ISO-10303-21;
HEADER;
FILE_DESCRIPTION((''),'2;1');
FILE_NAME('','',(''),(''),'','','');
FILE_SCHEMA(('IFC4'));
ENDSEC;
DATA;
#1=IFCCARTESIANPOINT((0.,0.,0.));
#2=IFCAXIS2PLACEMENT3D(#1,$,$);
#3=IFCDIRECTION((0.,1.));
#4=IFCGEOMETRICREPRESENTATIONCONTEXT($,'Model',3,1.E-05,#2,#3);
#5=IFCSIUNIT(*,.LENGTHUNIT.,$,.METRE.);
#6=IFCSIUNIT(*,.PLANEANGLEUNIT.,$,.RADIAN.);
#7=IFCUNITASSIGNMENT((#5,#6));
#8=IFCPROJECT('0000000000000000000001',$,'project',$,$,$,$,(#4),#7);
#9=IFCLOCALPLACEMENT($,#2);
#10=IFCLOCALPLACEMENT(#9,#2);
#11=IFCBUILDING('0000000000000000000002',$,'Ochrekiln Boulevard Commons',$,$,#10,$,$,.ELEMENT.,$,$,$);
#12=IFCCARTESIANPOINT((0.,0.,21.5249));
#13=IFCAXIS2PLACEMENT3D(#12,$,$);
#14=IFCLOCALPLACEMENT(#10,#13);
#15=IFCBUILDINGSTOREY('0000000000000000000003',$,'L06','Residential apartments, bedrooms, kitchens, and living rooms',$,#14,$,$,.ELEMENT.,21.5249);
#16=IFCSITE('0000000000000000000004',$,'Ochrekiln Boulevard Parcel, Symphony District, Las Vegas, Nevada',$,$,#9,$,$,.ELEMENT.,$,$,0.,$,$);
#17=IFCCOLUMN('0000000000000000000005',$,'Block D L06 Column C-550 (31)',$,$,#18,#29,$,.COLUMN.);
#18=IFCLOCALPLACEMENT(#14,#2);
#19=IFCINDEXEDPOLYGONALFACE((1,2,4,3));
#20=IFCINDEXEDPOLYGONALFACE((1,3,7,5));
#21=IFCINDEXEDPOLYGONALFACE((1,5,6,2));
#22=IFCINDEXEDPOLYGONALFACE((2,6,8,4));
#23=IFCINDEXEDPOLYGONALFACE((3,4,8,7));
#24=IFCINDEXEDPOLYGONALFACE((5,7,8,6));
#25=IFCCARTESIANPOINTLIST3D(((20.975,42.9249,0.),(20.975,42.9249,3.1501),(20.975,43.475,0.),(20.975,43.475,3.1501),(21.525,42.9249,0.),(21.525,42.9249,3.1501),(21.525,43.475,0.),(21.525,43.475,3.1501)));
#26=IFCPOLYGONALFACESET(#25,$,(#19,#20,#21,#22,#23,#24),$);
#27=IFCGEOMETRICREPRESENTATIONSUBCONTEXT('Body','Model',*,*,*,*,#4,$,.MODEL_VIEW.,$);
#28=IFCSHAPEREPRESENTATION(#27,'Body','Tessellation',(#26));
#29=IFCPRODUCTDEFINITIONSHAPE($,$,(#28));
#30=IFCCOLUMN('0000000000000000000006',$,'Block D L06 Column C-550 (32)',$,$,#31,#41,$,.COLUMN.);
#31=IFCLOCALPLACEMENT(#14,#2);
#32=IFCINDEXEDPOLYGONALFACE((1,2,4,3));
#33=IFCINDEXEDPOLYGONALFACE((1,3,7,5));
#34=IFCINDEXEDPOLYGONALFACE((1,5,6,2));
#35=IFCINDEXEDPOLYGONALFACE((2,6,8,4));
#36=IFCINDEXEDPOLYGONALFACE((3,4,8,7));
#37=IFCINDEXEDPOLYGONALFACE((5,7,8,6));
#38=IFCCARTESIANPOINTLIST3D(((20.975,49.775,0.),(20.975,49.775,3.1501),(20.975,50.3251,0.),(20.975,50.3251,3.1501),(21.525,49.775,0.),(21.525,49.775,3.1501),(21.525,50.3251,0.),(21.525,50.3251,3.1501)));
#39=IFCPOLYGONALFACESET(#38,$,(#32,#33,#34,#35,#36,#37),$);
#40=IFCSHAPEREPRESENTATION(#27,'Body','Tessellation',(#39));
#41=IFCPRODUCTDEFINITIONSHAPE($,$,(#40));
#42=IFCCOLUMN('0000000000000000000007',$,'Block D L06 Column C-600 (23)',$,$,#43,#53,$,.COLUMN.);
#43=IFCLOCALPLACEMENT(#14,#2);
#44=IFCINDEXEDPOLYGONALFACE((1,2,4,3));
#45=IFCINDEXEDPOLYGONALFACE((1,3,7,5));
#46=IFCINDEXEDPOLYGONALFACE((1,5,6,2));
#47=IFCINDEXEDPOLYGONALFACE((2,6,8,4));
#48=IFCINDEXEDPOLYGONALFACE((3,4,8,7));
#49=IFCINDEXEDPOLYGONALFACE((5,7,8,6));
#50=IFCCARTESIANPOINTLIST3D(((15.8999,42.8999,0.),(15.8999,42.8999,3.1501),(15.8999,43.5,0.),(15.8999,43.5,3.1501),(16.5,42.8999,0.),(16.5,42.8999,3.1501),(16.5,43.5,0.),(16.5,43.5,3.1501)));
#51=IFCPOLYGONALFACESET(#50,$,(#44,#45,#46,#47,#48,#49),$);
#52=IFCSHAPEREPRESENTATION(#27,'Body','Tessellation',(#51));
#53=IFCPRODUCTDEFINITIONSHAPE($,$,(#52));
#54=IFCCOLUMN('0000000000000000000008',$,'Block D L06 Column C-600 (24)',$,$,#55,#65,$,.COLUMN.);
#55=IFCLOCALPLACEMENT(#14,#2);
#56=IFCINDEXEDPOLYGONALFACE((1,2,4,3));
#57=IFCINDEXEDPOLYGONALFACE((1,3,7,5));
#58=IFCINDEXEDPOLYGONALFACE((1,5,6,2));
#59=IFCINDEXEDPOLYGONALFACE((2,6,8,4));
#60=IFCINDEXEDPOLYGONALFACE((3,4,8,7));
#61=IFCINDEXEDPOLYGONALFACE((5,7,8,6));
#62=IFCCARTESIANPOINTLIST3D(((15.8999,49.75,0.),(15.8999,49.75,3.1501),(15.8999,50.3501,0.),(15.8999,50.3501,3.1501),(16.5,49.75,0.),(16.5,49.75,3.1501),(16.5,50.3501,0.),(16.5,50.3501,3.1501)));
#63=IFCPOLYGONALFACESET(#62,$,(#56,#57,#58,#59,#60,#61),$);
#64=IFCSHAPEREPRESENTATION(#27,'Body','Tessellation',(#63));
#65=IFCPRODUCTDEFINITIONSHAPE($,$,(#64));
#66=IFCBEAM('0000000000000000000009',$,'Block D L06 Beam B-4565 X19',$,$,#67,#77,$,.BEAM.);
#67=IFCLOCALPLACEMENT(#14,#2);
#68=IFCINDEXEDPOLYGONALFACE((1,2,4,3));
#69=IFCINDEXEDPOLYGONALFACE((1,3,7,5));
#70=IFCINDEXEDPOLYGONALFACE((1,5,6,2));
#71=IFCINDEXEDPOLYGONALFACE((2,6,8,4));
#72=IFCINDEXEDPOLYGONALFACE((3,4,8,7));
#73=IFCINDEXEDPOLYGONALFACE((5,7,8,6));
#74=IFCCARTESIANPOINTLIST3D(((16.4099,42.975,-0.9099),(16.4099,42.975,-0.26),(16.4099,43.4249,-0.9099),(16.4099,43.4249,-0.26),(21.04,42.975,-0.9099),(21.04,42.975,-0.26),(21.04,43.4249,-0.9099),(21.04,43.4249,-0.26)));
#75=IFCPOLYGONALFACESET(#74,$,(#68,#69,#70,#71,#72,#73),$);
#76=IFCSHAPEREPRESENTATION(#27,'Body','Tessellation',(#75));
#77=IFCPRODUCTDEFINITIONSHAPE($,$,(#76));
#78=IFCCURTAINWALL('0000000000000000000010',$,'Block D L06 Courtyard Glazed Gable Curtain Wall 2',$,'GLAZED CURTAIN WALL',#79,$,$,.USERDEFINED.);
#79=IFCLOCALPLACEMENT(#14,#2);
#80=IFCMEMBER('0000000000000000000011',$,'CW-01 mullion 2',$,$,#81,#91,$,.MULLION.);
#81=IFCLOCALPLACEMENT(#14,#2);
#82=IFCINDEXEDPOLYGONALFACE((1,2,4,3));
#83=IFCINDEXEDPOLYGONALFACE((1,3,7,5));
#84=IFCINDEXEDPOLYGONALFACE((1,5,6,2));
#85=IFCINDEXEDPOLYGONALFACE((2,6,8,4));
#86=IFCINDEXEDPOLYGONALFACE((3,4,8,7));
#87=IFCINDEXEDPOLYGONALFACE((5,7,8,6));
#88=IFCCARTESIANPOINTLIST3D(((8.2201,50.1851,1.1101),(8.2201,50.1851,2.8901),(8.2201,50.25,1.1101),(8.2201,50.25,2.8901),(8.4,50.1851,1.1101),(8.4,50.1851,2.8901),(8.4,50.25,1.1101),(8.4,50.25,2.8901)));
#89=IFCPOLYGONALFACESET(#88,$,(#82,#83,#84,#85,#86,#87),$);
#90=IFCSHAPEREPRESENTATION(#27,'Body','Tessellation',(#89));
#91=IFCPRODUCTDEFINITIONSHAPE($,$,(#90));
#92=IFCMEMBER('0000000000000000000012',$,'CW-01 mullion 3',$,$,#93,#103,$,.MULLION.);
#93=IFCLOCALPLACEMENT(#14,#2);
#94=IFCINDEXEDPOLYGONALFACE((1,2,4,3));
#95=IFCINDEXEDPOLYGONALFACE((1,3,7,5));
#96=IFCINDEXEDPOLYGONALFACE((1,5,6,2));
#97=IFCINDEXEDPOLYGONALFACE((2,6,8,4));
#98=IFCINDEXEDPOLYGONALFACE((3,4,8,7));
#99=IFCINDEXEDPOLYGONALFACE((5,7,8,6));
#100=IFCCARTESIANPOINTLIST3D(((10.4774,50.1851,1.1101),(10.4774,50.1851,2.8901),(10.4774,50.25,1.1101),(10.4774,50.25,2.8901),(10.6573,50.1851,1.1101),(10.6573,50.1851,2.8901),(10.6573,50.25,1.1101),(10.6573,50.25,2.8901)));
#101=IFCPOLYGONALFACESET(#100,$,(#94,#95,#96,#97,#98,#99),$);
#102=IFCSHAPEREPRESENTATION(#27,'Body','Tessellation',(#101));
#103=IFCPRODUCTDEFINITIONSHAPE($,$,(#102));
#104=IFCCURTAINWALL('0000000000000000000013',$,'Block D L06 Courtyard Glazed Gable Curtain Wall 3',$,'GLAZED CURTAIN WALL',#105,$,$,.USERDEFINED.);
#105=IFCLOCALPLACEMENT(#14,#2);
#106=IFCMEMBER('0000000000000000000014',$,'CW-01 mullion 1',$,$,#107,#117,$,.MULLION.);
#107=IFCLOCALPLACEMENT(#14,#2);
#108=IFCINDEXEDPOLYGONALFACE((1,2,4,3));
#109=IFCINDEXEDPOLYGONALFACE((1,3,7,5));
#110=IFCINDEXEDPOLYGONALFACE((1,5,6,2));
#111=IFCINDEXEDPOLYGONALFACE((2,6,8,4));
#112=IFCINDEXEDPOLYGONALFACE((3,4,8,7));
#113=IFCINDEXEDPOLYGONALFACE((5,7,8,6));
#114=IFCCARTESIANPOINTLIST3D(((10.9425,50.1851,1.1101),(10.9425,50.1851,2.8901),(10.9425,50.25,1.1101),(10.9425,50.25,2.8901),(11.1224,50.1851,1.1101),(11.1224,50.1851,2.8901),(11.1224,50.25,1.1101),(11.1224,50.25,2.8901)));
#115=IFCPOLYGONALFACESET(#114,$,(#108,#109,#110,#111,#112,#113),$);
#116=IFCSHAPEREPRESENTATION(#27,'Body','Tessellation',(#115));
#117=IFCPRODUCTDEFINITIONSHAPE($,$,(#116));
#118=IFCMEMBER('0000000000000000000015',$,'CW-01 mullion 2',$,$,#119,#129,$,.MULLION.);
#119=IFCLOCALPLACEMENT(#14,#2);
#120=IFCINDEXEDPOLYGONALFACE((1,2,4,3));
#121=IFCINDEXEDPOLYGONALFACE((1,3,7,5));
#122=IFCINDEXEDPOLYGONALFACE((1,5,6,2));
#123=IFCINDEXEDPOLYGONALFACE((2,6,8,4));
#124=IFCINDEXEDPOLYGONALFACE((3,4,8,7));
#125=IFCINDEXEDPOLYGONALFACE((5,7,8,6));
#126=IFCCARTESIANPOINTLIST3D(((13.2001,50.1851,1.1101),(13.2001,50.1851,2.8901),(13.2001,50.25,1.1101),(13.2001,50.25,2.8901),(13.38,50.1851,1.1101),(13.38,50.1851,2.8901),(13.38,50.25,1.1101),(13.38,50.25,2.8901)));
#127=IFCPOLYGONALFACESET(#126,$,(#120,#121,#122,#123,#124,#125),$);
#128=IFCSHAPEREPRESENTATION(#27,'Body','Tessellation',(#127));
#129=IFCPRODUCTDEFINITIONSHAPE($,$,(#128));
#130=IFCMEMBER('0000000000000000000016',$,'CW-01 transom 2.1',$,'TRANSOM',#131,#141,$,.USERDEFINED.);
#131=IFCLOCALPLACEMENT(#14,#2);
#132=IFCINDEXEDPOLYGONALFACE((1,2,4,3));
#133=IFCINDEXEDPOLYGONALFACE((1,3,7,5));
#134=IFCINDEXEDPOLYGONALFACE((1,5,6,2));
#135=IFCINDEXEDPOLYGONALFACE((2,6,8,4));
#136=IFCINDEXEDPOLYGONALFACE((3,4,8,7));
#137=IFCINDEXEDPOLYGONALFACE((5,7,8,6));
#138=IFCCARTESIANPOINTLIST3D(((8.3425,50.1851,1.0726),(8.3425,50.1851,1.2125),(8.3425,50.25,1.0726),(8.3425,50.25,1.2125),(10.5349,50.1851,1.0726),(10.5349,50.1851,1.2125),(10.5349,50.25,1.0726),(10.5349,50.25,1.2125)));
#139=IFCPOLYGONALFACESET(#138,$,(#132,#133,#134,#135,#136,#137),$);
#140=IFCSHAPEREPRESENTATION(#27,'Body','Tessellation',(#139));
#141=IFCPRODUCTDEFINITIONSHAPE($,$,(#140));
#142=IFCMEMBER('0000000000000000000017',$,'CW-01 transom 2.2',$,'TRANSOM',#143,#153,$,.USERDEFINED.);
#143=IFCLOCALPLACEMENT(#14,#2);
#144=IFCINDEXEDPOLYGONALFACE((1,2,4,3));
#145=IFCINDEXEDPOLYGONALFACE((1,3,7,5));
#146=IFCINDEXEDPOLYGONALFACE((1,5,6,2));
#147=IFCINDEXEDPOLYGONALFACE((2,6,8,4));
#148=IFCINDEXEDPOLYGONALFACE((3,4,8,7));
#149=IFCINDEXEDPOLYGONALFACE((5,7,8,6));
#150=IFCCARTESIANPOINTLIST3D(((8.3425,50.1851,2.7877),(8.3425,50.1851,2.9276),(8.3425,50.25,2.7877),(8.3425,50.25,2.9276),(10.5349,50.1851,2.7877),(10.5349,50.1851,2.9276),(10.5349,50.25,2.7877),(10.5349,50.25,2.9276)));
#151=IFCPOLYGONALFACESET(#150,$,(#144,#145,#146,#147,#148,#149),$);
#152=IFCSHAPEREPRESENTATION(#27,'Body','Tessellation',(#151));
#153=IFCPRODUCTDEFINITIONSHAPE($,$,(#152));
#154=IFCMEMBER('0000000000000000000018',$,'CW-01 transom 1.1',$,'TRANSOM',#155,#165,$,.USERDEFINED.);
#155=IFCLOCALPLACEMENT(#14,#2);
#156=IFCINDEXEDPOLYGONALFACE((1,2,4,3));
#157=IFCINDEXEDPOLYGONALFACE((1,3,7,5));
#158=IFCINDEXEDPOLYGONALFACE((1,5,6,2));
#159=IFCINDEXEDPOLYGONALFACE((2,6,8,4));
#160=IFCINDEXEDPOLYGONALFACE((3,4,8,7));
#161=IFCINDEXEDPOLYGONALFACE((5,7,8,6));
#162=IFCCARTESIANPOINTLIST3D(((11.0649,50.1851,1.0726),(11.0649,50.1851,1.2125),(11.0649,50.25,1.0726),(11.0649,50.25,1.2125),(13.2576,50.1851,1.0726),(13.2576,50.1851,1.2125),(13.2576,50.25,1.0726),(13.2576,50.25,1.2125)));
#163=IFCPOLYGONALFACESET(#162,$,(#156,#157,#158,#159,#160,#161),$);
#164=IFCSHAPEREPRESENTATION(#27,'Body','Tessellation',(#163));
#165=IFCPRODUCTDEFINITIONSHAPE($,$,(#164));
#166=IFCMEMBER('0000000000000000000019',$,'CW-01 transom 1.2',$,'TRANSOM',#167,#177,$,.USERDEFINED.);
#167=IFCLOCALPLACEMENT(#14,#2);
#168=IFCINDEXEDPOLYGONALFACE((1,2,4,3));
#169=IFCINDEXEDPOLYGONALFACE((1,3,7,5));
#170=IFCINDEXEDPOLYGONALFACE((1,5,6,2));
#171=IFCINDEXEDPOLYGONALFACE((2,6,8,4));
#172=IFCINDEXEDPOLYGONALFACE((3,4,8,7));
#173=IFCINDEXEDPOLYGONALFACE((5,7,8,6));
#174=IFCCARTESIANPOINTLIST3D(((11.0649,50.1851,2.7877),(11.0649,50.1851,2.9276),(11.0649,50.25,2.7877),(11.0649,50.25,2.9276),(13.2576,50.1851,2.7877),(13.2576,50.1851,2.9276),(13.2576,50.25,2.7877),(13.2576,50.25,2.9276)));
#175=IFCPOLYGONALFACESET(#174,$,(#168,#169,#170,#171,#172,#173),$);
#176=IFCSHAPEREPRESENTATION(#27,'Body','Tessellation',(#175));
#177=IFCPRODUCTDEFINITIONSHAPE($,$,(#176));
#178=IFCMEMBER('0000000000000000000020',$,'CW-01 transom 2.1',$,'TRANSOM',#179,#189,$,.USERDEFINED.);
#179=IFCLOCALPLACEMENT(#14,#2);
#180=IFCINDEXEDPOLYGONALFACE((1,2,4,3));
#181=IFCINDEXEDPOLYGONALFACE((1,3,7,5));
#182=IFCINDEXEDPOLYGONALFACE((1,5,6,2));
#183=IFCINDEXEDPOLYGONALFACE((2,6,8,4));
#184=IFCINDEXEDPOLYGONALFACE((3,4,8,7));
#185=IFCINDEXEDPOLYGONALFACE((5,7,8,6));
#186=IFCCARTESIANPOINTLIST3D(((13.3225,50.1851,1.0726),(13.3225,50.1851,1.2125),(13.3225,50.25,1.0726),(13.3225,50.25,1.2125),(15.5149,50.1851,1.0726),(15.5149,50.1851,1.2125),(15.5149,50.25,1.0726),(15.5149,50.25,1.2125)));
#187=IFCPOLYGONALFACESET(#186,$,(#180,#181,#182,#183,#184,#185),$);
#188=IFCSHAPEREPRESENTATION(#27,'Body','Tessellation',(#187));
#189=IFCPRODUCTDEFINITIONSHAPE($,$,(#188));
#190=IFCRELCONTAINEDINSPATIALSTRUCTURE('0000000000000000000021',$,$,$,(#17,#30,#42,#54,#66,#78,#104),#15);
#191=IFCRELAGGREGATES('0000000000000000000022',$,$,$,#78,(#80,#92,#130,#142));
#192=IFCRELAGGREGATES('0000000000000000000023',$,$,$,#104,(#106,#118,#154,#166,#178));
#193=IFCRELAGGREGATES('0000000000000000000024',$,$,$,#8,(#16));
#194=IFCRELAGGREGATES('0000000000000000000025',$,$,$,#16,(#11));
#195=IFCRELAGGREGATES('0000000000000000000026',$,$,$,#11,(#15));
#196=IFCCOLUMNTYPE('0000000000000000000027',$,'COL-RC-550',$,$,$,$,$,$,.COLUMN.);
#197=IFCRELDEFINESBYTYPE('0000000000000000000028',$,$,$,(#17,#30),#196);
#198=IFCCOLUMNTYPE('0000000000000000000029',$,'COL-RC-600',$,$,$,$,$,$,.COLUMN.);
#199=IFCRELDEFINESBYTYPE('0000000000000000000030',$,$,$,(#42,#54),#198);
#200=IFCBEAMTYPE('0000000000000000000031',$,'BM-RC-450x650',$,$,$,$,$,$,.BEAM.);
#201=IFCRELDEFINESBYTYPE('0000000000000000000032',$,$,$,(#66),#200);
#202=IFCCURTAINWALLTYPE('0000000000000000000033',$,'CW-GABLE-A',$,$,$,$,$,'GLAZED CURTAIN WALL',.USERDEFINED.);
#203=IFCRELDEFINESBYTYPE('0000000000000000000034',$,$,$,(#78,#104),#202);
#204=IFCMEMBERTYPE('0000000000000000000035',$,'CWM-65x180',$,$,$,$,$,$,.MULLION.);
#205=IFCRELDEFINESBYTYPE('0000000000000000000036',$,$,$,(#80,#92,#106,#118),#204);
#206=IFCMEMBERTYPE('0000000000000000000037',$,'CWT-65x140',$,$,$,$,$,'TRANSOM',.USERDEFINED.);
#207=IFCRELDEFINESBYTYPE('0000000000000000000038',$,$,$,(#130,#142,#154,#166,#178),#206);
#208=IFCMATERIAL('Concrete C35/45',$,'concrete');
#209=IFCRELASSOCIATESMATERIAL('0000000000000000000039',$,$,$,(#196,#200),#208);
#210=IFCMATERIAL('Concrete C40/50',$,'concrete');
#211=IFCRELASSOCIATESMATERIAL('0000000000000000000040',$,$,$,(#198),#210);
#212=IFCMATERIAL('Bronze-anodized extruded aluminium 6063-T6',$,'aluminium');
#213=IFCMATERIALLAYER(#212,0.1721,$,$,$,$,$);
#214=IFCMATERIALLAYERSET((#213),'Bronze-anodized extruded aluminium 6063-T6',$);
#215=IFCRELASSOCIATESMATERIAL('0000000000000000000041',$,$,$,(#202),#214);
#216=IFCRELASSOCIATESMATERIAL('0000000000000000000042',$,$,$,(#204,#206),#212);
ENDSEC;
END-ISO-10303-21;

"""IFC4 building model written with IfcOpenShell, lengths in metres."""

from ifc_helpers import new_model, si_unit, direction, frame, origin, origin_2d, place, context, subcontext, project, spatial, rectangle, extrude, material, layer, layer_set, material_profile, profile_set, type_object, element, aggregate, save


model = new_model("IFC4")

# Units and contexts
model_context = context("Model", 3, precision=1e-05, world=origin(), true_north=direction((0.0, 1.0)))
body_context = subcontext(model_context, "Body", "Model", "MODEL_VIEW")
ifc_project = project(units=[si_unit("LENGTHUNIT", "METRE"), si_unit("PLANEANGLEUNIT", "RADIAN")], contexts=[model_context])

# Site, building, storey
site_placement = place(None, origin())
site = spatial("IfcSite", under=ifc_project, at=site_placement, Name="Ochrekiln Boulevard Parcel, Symphony District, Las Vegas, Nevada", CompositionType="ELEMENT", RefElevation=0.0)
building_placement = place(site_placement, origin())
building = spatial("IfcBuilding", under=site, at=building_placement, Name="Ochrekiln Boulevard Commons", CompositionType="ELEMENT")
storey_placement = place(building_placement, frame((0.0, 0.0, 21.5249)))
storey = spatial("IfcBuildingStorey", under=building, at=storey_placement, Name="L06", Description="Residential apartments, bedrooms, kitchens, and living rooms", CompositionType="ELEMENT", Elevation=21.5249)

# Columns
ifc_material_1 = material(Name="Concrete C35/45", Category="concrete")
ifc_material_profile_1 = material_profile(ifc_material_1, rectangle(XDim=0.55, YDim=0.55, at=origin_2d()), Name="RC-COL-550x550")
ifc_profile_set_1 = profile_set([ifc_material_profile_1], Name="Concrete C35/45")
column_type_1 = type_object("IfcColumnType", Name="COL-RC-550", PredefinedType="COLUMN", material=ifc_profile_set_1)
for number, where, z_axis, x_axis, name in (
    (1, (21.25, 43.2, 0.0), (0.0, 0.0, 1.0), (1.0, 0.0, 0.0), "Block D L06 Column C-550 (31)"),
    (2, (21.25, 50.05, 0.0), (0.0, 0.0, 1.0), (1.0, 0.0, 0.0), "Block D L06 Column C-550 (32)"),
):
    element("IfcColumn", number, at=place(storey_placement, frame(where, z_axis=z_axis, x_axis=x_axis)), inside=storey, type_object=column_type_1, Name=name, PredefinedType="COLUMN", context=body_context, shape_type="SweptSolid", body=[
        extrude(rectangle(XDim=0.55, YDim=0.55, at=origin_2d()), origin(), (0.0, 0.0, 1.0), 3.1501),
    ])
ifc_material_2 = material(Name="Concrete C40/50", Category="concrete")
ifc_material_profile_2 = material_profile(ifc_material_2, rectangle(XDim=0.6001, YDim=0.6001, at=origin_2d()), Name="RC-COL-600x600")
ifc_profile_set_2 = profile_set([ifc_material_profile_2], Name="Concrete C40/50")
column_type_2 = type_object("IfcColumnType", Name="COL-RC-600", PredefinedType="COLUMN", material=ifc_profile_set_2)
for number, where, z_axis, x_axis, name in (
    (3, (16.2, 43.2, 0.0), (0.0, 0.0, 1.0), (1.0, 0.0, 0.0), "Block D L06 Column C-600 (23)"),
    (4, (16.2, 50.05, 0.0), (0.0, 0.0, 1.0), (1.0, 0.0, 0.0), "Block D L06 Column C-600 (24)"),
):
    element("IfcColumn", number, at=place(storey_placement, frame(where, z_axis=z_axis, x_axis=x_axis)), inside=storey, type_object=column_type_2, Name=name, PredefinedType="COLUMN", context=body_context, shape_type="SweptSolid", body=[
        extrude(rectangle(XDim=0.6001, YDim=0.6001, at=origin_2d()), origin(), (0.0, 0.0, 1.0), 3.1501),
    ])

# Beam
ifc_material_profile_3 = material_profile(ifc_material_1, rectangle(XDim=0.45, YDim=0.6499, at=origin_2d()), Name="RC-BM-450x650")
ifc_profile_set_3 = profile_set([ifc_material_profile_3], Name="Concrete C35/45")
beam_type_1 = type_object("IfcBeamType", Name="BM-RC-450x650", PredefinedType="BEAM", material=ifc_profile_set_3)
beam_1_placement = place(storey_placement, frame((16.4099, 43.2, -0.585), z_axis=(1.0, 0.0, 0.0), x_axis=(0.0, 1.0, 0.0)))
element("IfcBeam", 5, at=beam_1_placement, inside=storey, type_object=beam_type_1, Name="Block D L06 Beam B-4565 X19", PredefinedType="BEAM", context=body_context, shape_type="SweptSolid", body=[
    extrude(rectangle(XDim=0.45, YDim=0.6499, at=origin_2d()), origin(), (0.0, 0.0, 1.0), 4.6301),
])

# Curtain walls, members
ifc_material_3 = material(Name="Bronze-anodized extruded aluminium 6063-T6", Category="aluminium")
ifc_layer_1 = layer(ifc_material_3, 0.1721)
ifc_layer_set_1 = layer_set([ifc_layer_1], Name="Bronze-anodized extruded aluminium 6063-T6")
curtain_wall_type = type_object("IfcCurtainWallType", Name="CW-GABLE-A", ElementType="GLAZED CURTAIN WALL", PredefinedType="USERDEFINED", material=ifc_layer_set_1)
curtain_wall_1_placement = place(storey_placement, origin())
curtain_wall_1 = element("IfcCurtainWall", 6, at=curtain_wall_1_placement, inside=storey, type_object=curtain_wall_type, Name="Block D L06 Courtyard Glazed Gable Curtain Wall 2", ObjectType="GLAZED CURTAIN WALL", PredefinedType="USERDEFINED")
ifc_material_profile_4 = material_profile(ifc_material_3, rectangle(XDim=0.0649, YDim=0.1799, at=origin_2d()), Name="ALU-MUL-65x180")
ifc_profile_set_4 = profile_set([ifc_material_profile_4], Name="Bronze-anodized extruded aluminium 6063-T6")
member_type_1 = type_object("IfcMemberType", Name="CWM-65x180", PredefinedType="MULLION", material=ifc_profile_set_4)
member_1_placement = place(storey_placement, frame((8.3101, 50.2175, 1.1101), z_axis=(0.0, 0.0, 1.0), x_axis=(0.0, 1.0, 0.0)))
member_1 = element("IfcMember", 7, at=member_1_placement, type_object=member_type_1, Name="CW-01 mullion 2", PredefinedType="MULLION", context=body_context, shape_type="SweptSolid", body=[
    extrude(rectangle(XDim=0.0649, YDim=0.1799, at=origin_2d()), origin(), (0.0, 0.0, 1.0), 1.78),
])
member_2_placement = place(storey_placement, frame((10.5674, 50.2175, 1.1101), z_axis=(0.0, 0.0, 1.0), x_axis=(0.0, 1.0, 0.0)))
member_2 = element("IfcMember", 8, at=member_2_placement, type_object=member_type_1, Name="CW-01 mullion 3", PredefinedType="MULLION", context=body_context, shape_type="SweptSolid", body=[
    extrude(rectangle(XDim=0.0649, YDim=0.1799, at=origin_2d()), origin(), (0.0, 0.0, 1.0), 1.78),
])
curtain_wall_2_placement = place(storey_placement, origin())
curtain_wall_2 = element("IfcCurtainWall", 9, at=curtain_wall_2_placement, inside=storey, type_object=curtain_wall_type, Name="Block D L06 Courtyard Glazed Gable Curtain Wall 3", ObjectType="GLAZED CURTAIN WALL", PredefinedType="USERDEFINED")
member_3_placement = place(storey_placement, frame((11.0325, 50.2175, 1.1101), z_axis=(0.0, 0.0, 1.0), x_axis=(0.0, 1.0, 0.0)))
member_3 = element("IfcMember", 10, at=member_3_placement, type_object=member_type_1, Name="CW-01 mullion 1", PredefinedType="MULLION", context=body_context, shape_type="SweptSolid", body=[
    extrude(rectangle(XDim=0.0649, YDim=0.1799, at=origin_2d()), origin(), (0.0, 0.0, 1.0), 1.78),
])
member_4_placement = place(storey_placement, frame((13.29, 50.2175, 1.1101), z_axis=(0.0, 0.0, 1.0), x_axis=(0.0, 1.0, 0.0)))
member_4 = element("IfcMember", 11, at=member_4_placement, type_object=member_type_1, Name="CW-01 mullion 2", PredefinedType="MULLION", context=body_context, shape_type="SweptSolid", body=[
    extrude(rectangle(XDim=0.0649, YDim=0.1799, at=origin_2d()), origin(), (0.0, 0.0, 1.0), 1.78),
])

# Members
ifc_material_profile_5 = material_profile(ifc_material_3, rectangle(XDim=0.0649, YDim=0.1399, at=origin_2d()), Name="ALU-TRN-65x140")
ifc_profile_set_5 = profile_set([ifc_material_profile_5], Name="Bronze-anodized extruded aluminium 6063-T6")
member_type_2 = type_object("IfcMemberType", Name="CWT-65x140", ElementType="TRANSOM", PredefinedType="USERDEFINED", material=ifc_profile_set_5)
member_5_placement = place(storey_placement, frame((8.3425, 50.2175, 1.1426), z_axis=(1.0, 0.0, 0.0), x_axis=(0.0, 1.0, 0.0)))
member_5 = element("IfcMember", 12, at=member_5_placement, type_object=member_type_2, Name="CW-01 transom 2.1", ObjectType="TRANSOM", PredefinedType="USERDEFINED", context=body_context, shape_type="SweptSolid", body=[
    extrude(rectangle(XDim=0.0649, YDim=0.1399, at=origin_2d()), origin(), (0.0, 0.0, 1.0), 2.1924),
])
member_6_placement = place(storey_placement, frame((8.3425, 50.2175, 2.8577), z_axis=(1.0, 0.0, 0.0), x_axis=(0.0, 1.0, 0.0)))
member_6 = element("IfcMember", 13, at=member_6_placement, type_object=member_type_2, Name="CW-01 transom 2.2", ObjectType="TRANSOM", PredefinedType="USERDEFINED", context=body_context, shape_type="SweptSolid", body=[
    extrude(rectangle(XDim=0.0649, YDim=0.1399, at=origin_2d()), origin(), (0.0, 0.0, 1.0), 2.1924),
])
member_7_placement = place(storey_placement, frame((11.0649, 50.2175, 1.1426), z_axis=(1.0, 0.0, 0.0), x_axis=(0.0, 1.0, 0.0)))
member_7 = element("IfcMember", 14, at=member_7_placement, type_object=member_type_2, Name="CW-01 transom 1.1", ObjectType="TRANSOM", PredefinedType="USERDEFINED", context=body_context, shape_type="SweptSolid", body=[
    extrude(rectangle(XDim=0.0649, YDim=0.1399, at=origin_2d()), origin(), (0.0, 0.0, 1.0), 2.1926),
])
member_8_placement = place(storey_placement, frame((11.0649, 50.2175, 2.8577), z_axis=(1.0, 0.0, 0.0), x_axis=(0.0, 1.0, 0.0)))
member_8 = element("IfcMember", 15, at=member_8_placement, type_object=member_type_2, Name="CW-01 transom 1.2", ObjectType="TRANSOM", PredefinedType="USERDEFINED", context=body_context, shape_type="SweptSolid", body=[
    extrude(rectangle(XDim=0.0649, YDim=0.1399, at=origin_2d()), origin(), (0.0, 0.0, 1.0), 2.1926),
])
member_9_placement = place(storey_placement, frame((13.3225, 50.2175, 1.1426), z_axis=(1.0, 0.0, 0.0), x_axis=(0.0, 1.0, 0.0)))
member_9 = element("IfcMember", 16, at=member_9_placement, type_object=member_type_2, Name="CW-01 transom 2.1", ObjectType="TRANSOM", PredefinedType="USERDEFINED", context=body_context, shape_type="SweptSolid", body=[
    extrude(rectangle(XDim=0.0649, YDim=0.1399, at=origin_2d()), origin(), (0.0, 0.0, 1.0), 2.1924),
])

aggregate(curtain_wall_1, [member_1, member_2, member_5, member_6])
aggregate(curtain_wall_2, [member_3, member_4, member_7, member_8, member_9])

save(model, "model.ifc")
